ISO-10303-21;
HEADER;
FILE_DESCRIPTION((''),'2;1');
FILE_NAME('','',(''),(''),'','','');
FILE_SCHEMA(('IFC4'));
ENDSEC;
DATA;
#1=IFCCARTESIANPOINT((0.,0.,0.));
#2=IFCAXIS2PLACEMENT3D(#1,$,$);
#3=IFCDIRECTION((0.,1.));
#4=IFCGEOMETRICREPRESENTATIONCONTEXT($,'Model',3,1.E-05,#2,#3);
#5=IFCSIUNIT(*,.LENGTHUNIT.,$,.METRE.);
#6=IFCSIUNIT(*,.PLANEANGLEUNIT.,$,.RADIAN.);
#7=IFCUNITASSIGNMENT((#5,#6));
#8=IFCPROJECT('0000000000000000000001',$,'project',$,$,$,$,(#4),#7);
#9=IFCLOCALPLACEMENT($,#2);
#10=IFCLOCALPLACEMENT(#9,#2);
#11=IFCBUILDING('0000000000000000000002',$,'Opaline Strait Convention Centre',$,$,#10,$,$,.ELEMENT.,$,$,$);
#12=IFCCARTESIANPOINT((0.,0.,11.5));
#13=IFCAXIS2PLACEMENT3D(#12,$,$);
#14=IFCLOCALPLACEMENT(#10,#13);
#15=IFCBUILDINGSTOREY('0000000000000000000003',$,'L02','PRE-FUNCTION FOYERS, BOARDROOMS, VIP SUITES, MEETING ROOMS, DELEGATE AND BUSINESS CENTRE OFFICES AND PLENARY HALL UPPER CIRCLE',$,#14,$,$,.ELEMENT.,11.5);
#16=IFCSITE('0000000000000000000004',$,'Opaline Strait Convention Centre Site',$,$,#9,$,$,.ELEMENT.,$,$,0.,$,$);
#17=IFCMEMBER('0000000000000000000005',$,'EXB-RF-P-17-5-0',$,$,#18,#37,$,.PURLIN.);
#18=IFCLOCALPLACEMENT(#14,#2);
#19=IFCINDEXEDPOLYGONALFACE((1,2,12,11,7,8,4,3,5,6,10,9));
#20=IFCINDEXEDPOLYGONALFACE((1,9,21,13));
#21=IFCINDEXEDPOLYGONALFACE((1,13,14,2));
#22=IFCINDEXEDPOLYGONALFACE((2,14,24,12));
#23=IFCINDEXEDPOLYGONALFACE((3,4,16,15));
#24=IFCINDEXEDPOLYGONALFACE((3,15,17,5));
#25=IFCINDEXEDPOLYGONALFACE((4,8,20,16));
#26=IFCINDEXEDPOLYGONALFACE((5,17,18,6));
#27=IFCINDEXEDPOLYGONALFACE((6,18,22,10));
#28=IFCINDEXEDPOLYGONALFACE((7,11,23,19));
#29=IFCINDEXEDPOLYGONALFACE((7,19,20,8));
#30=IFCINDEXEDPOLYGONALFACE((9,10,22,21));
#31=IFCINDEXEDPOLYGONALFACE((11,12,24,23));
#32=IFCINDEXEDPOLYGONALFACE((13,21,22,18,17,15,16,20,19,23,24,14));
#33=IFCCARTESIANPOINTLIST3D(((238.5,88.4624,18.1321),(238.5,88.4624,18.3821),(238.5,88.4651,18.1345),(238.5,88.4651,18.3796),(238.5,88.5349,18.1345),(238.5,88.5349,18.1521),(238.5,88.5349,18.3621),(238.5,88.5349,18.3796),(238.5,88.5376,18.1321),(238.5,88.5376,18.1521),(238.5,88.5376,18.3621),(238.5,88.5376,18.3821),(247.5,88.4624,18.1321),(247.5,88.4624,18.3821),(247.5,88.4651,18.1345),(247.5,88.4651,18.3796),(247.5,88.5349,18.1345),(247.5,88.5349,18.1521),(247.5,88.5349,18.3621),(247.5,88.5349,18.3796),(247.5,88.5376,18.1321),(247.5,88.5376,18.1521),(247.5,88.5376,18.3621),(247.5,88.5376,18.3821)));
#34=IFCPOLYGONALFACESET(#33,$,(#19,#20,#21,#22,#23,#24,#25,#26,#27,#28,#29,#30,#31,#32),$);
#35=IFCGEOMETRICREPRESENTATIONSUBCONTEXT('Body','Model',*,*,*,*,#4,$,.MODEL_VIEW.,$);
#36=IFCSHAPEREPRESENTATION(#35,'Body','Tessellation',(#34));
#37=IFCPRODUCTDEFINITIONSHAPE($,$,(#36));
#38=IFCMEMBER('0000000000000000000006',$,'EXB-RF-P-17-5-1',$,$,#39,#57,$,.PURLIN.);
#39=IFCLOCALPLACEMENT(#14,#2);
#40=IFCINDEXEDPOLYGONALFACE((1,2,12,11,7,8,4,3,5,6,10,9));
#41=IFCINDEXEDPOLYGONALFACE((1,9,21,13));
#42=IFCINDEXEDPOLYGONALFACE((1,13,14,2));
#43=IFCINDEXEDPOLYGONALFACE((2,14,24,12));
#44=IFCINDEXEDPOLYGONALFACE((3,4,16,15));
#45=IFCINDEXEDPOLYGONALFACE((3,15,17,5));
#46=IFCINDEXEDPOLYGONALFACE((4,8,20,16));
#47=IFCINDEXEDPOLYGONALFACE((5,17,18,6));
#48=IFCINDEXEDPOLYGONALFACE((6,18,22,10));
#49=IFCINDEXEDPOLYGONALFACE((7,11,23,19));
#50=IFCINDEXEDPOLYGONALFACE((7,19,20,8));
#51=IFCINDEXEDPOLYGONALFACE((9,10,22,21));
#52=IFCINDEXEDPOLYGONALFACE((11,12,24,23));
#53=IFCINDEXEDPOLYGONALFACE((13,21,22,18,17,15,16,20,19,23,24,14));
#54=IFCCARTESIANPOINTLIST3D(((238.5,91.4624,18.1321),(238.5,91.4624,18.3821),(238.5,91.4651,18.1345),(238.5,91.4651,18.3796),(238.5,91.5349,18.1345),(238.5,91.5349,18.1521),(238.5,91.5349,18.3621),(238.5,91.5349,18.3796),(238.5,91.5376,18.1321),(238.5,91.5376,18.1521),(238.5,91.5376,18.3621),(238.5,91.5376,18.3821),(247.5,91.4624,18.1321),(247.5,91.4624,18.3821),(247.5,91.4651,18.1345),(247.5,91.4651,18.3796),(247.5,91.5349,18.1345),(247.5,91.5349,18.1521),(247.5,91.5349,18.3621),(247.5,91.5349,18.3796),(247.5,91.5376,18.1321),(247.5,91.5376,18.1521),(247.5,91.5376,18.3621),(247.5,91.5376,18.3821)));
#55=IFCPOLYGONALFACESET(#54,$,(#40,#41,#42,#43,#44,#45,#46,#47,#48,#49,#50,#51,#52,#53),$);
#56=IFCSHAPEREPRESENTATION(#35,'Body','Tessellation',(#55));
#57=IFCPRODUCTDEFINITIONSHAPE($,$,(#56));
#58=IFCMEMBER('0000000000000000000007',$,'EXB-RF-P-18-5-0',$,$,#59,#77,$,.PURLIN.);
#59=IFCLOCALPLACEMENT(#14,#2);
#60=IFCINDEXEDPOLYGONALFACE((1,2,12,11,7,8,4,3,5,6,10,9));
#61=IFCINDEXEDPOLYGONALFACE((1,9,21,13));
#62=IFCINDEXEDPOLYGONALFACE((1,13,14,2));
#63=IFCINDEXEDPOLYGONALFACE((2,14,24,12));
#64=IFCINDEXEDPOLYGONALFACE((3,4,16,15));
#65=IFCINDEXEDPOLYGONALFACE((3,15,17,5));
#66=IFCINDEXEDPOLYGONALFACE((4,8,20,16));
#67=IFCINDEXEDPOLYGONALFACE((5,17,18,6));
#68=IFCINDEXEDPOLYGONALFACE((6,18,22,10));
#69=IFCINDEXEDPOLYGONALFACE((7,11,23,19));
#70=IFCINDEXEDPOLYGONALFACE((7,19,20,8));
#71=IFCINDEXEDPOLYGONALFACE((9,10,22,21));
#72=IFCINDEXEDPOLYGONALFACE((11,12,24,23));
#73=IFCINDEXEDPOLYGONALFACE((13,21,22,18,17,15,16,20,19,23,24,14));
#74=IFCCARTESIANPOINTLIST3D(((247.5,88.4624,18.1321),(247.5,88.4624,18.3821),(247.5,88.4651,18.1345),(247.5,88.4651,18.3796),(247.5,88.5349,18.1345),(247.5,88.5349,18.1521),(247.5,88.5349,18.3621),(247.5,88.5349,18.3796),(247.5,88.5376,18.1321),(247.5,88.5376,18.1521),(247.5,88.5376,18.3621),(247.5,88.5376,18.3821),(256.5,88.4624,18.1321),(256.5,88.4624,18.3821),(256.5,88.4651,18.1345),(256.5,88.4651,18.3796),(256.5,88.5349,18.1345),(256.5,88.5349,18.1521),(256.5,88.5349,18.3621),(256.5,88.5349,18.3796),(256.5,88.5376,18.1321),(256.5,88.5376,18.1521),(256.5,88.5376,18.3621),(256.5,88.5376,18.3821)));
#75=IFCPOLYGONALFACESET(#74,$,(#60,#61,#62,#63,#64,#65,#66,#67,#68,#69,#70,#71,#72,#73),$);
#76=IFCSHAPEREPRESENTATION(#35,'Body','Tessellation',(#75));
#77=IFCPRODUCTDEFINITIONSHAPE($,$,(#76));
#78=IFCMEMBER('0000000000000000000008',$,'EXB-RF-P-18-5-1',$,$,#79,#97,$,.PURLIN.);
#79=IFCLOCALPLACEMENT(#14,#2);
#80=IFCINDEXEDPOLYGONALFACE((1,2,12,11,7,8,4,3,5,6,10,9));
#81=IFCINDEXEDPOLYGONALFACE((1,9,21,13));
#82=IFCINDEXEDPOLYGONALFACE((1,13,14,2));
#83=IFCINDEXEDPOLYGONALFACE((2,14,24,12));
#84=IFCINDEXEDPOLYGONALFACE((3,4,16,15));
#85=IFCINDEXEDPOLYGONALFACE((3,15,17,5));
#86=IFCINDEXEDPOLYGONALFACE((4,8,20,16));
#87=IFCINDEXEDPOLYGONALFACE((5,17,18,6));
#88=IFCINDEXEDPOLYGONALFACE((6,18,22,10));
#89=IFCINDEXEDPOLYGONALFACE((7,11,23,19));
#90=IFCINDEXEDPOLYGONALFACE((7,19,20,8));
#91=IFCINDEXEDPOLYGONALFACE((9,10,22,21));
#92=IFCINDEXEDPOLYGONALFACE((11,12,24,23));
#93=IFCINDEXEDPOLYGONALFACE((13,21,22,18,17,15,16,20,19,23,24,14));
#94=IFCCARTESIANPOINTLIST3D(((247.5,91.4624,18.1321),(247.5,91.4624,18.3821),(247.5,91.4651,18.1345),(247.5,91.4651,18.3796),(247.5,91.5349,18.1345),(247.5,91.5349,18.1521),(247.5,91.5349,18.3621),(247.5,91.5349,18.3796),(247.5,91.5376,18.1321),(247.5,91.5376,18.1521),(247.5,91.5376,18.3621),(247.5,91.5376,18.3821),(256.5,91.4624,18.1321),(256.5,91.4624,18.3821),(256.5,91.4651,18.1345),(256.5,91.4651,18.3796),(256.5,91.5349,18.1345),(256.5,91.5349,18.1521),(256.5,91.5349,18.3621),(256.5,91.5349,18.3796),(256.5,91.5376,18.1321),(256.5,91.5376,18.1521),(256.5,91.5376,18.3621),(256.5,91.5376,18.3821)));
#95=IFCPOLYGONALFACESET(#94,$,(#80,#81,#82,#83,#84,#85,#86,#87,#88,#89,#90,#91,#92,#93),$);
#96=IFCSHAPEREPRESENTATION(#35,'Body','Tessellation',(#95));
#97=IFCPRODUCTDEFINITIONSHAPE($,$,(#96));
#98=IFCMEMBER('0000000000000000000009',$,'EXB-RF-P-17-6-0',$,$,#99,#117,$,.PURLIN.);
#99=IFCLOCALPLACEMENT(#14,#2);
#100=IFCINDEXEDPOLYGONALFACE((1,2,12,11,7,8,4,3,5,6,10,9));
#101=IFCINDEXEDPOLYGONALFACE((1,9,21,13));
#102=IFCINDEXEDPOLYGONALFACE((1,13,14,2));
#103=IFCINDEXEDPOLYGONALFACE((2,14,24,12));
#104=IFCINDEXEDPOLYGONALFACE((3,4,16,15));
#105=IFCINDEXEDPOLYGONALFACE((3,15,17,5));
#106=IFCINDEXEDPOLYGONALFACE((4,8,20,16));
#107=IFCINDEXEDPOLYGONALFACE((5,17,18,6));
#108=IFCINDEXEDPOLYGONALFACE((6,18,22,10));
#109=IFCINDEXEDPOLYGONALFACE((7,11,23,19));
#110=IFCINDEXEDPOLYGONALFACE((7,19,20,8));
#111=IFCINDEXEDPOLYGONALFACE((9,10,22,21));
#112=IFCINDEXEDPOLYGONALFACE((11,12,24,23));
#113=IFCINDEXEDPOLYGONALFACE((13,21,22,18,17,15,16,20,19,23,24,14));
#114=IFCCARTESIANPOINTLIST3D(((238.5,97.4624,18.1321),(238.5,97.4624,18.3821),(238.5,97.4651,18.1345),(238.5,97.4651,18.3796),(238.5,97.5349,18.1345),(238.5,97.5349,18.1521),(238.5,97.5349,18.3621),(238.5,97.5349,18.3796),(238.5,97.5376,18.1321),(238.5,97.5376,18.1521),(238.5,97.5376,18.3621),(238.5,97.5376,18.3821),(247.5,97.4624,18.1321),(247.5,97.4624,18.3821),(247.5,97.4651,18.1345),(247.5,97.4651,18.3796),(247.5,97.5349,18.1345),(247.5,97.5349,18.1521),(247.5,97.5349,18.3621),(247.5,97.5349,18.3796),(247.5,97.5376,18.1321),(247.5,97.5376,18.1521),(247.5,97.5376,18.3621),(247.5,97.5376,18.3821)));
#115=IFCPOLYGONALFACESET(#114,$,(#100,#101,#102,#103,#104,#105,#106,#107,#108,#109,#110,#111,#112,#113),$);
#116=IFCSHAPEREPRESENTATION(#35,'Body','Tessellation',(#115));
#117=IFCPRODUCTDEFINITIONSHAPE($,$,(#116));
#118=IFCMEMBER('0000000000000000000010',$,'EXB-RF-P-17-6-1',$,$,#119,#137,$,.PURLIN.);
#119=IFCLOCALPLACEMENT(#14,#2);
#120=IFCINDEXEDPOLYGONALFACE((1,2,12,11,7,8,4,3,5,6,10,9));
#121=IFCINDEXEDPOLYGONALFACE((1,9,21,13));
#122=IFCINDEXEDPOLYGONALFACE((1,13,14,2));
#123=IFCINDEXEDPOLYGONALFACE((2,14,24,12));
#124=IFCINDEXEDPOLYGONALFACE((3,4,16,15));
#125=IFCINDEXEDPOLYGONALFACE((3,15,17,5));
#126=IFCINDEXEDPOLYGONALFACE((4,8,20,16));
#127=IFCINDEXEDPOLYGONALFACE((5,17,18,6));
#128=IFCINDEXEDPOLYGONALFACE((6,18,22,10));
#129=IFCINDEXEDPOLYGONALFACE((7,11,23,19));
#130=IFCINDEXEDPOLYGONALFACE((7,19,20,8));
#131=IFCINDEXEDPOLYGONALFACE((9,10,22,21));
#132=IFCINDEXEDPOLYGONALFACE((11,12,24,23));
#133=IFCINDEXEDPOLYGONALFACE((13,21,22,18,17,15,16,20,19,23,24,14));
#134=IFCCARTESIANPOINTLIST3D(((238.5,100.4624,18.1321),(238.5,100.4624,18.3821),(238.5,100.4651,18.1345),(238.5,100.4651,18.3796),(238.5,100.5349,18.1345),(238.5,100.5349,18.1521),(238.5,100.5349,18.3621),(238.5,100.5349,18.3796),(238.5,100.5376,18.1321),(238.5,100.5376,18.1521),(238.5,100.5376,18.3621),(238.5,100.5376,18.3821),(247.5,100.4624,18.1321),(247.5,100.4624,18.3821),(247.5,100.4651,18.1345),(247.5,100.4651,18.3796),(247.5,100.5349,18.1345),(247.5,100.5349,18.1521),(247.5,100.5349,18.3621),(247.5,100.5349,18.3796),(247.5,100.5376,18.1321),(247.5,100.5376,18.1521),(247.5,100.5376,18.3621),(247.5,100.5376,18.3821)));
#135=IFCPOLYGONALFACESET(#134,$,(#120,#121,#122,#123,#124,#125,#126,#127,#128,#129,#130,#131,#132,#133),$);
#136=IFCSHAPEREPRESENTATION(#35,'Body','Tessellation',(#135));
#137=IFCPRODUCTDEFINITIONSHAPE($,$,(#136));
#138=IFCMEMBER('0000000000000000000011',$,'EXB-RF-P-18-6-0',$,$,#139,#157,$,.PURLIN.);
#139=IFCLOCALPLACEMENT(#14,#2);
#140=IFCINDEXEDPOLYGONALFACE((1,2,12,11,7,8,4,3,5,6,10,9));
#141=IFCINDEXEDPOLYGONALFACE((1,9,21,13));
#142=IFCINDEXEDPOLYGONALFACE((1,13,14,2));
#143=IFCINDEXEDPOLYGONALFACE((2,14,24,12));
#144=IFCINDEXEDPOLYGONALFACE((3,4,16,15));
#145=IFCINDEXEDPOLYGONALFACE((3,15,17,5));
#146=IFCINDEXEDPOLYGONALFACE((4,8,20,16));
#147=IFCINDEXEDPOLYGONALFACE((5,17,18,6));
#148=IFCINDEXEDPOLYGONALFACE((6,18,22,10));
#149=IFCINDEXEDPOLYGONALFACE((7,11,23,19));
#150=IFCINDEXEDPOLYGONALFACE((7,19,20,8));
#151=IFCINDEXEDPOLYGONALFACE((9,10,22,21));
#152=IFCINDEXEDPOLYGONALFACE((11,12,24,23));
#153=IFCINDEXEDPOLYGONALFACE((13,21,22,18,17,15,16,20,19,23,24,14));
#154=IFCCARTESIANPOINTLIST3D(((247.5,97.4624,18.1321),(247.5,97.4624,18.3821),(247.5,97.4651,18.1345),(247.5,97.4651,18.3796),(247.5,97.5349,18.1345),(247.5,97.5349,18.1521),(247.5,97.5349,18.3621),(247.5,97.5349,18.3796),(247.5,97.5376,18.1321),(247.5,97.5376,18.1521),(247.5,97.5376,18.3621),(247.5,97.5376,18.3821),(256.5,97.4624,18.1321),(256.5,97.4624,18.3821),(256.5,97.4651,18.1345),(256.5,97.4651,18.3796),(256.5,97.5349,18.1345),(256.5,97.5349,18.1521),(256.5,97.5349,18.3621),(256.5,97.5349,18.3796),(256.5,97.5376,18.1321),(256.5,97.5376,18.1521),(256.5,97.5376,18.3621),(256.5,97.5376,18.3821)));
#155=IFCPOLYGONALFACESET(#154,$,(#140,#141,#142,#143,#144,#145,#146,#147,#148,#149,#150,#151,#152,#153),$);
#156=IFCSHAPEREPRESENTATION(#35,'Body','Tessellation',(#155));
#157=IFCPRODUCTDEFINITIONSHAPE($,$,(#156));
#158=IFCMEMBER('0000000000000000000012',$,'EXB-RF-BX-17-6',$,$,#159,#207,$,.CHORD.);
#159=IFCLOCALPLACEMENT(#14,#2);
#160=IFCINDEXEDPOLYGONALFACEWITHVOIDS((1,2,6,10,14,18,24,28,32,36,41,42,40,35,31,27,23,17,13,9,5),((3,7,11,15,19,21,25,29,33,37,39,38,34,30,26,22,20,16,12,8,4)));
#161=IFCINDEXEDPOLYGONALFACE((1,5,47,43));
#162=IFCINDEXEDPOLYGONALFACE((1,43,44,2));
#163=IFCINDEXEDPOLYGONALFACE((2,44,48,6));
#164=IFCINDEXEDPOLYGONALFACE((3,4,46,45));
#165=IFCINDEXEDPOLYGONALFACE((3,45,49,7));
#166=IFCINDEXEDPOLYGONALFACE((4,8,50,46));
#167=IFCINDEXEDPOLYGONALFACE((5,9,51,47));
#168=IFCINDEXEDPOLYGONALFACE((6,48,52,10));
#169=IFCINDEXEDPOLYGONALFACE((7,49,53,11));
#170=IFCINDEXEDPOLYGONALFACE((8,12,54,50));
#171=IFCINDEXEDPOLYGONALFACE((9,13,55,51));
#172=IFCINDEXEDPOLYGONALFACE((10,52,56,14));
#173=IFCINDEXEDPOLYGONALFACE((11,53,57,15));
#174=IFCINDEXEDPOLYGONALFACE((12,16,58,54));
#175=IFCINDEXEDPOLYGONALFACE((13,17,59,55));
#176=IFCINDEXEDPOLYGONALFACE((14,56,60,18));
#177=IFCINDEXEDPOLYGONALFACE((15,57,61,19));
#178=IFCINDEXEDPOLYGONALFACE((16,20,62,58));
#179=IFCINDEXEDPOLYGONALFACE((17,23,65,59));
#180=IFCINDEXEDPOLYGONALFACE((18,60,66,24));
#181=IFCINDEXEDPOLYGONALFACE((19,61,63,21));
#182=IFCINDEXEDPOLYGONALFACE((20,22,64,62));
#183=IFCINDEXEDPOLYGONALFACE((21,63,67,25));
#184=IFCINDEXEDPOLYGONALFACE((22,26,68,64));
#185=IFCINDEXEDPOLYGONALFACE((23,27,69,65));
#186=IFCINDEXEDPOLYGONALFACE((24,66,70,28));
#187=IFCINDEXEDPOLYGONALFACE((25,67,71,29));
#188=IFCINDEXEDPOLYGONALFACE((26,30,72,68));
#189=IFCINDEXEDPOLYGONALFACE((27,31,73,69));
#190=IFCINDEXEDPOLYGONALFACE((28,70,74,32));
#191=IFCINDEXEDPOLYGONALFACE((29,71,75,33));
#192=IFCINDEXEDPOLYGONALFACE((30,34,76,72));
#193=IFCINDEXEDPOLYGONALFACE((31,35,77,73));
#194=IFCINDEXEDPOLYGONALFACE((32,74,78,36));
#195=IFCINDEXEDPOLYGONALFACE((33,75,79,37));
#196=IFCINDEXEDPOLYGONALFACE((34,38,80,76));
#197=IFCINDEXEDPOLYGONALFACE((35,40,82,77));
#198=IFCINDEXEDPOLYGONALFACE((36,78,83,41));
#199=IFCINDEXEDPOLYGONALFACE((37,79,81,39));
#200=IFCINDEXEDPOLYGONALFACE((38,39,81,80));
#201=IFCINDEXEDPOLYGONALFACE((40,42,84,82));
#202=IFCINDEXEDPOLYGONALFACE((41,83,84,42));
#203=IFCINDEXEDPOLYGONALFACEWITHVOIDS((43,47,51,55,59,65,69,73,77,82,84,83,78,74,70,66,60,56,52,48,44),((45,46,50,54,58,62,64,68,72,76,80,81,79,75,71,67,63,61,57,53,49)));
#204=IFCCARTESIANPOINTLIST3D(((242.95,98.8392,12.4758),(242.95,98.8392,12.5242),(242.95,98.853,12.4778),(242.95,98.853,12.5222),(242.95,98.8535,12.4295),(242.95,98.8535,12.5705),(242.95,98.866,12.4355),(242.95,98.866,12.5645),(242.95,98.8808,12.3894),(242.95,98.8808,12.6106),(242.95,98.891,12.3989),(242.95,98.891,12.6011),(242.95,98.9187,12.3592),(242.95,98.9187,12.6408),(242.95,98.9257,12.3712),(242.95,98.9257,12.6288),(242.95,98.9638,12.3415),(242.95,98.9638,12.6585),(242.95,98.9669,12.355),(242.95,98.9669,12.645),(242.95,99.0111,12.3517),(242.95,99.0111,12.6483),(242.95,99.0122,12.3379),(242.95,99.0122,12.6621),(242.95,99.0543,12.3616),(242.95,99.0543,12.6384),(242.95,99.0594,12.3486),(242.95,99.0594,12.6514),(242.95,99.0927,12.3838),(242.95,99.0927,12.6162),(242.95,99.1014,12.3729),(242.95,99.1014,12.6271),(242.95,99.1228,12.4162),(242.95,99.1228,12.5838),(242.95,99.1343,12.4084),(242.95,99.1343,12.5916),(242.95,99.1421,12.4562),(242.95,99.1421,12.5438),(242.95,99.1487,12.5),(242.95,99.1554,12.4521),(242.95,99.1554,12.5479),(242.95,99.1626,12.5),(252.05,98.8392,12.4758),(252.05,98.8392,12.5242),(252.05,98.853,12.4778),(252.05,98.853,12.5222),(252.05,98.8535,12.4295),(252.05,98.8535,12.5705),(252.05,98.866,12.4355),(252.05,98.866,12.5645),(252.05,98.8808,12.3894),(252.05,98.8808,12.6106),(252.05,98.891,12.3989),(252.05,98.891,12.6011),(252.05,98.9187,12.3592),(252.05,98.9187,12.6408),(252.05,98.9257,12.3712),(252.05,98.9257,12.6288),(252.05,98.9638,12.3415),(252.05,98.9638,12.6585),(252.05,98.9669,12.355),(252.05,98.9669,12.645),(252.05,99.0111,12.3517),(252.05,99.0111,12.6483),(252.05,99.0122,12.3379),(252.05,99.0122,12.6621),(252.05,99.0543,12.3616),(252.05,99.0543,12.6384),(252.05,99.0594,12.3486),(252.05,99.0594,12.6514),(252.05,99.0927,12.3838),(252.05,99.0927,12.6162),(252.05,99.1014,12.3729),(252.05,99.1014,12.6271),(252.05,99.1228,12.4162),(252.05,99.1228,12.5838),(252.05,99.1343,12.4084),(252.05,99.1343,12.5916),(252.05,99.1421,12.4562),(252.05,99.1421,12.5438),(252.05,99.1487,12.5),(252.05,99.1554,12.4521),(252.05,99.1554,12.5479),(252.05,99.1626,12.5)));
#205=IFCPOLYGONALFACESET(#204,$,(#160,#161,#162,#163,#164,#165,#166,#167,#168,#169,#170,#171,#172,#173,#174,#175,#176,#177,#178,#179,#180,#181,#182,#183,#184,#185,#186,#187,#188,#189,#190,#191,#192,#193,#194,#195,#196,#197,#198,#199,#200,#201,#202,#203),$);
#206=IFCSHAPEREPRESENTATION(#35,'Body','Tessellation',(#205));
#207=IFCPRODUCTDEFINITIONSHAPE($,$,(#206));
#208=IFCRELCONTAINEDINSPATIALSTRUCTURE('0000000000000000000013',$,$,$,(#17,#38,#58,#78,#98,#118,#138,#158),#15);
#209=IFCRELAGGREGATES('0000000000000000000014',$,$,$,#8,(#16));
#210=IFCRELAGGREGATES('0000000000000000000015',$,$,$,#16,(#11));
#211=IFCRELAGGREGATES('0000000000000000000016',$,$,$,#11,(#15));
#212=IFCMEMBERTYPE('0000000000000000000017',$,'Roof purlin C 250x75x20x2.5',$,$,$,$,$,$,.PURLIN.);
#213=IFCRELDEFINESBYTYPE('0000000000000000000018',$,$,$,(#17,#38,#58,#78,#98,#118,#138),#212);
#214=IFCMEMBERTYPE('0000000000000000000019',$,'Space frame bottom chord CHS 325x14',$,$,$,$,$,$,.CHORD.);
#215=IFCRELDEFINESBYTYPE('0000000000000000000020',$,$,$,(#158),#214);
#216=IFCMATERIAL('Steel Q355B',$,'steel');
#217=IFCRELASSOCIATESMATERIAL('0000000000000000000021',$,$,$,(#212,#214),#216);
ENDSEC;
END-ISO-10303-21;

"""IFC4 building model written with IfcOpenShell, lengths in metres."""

from ifc_helpers import new_model, si_unit, direction, frame, origin, origin_2d, place, context, subcontext, project, spatial, polyline, hollow_circle, outline, extrude, material, material_profile, profile_set, type_object, element, save


model = new_model("IFC4")

# Units and contexts
model_context = context("Model", 3, precision=1e-05, world=origin(), true_north=direction((0.0, 1.0)))
body_context = subcontext(model_context, "Body", "Model", "MODEL_VIEW")
ifc_project = project(units=[si_unit("LENGTHUNIT", "METRE"), si_unit("PLANEANGLEUNIT", "RADIAN")], contexts=[model_context])

# Site, building, storey
site_placement = place(None, origin())
site = spatial("IfcSite", under=ifc_project, at=site_placement, Name="Opaline Strait Convention Centre Site", CompositionType="ELEMENT", RefElevation=0.0)
building_placement = place(site_placement, origin())
building = spatial("IfcBuilding", under=site, at=building_placement, Name="Opaline Strait Convention Centre", CompositionType="ELEMENT")
storey_placement = place(building_placement, frame((0.0, 0.0, 11.5)))
storey = spatial("IfcBuildingStorey", under=building, at=storey_placement, Name="L02", Description="PRE-FUNCTION FOYERS, BOARDROOMS, VIP SUITES, MEETING ROOMS, DELEGATE AND BUSINESS CENTRE OFFICES AND PLENARY HALL UPPER CIRCLE", CompositionType="ELEMENT", Elevation=11.5)

# Members
ifc_material = material(Name="Steel Q355B", Category="steel")
ifc_material_profile_1 = material_profile(ifc_material, outline(polyline([(-0.0376, -0.125), (0.0376, -0.125), (0.0376, -0.105), (0.0349, -0.105), (0.0349, -0.1226), (-0.0349, -0.1226), (-0.0349, 0.1226), (0.0349, 0.1226), (0.0349, 0.105), (0.0376, 0.105), (0.0376, 0.125), (-0.0376, 0.125), (-0.0376, -0.125)])), Name="C 250x75x20x2.5")
ifc_profile_set_1 = profile_set([ifc_material_profile_1], Name="Steel Q355B")
member_type_1 = type_object("IfcMemberType", Name="Roof purlin C 250x75x20x2.5", PredefinedType="PURLIN", material=ifc_profile_set_1)
for number, where, z_axis, x_axis, name in (
    (1, (238.5, 88.5, 18.2571), (1.0, 0.0, 0.0), (0.0, 1.0, 0.0), "EXB-RF-P-17-5-0"),
    (2, (238.5, 91.5, 18.2571), (1.0, 0.0, 0.0), (0.0, 1.0, 0.0), "EXB-RF-P-17-5-1"),
    (3, (247.5, 88.5, 18.2571), (1.0, 0.0, 0.0), (0.0, 1.0, 0.0), "EXB-RF-P-18-5-0"),
    (4, (247.5, 91.5, 18.2571), (1.0, 0.0, 0.0), (0.0, 1.0, 0.0), "EXB-RF-P-18-5-1"),
    (5, (238.5, 97.5, 18.2571), (1.0, 0.0, 0.0), (0.0, 1.0, 0.0), "EXB-RF-P-17-6-0"),
    (6, (238.5, 100.5, 18.2571), (1.0, 0.0, 0.0), (0.0, 1.0, 0.0), "EXB-RF-P-17-6-1"),
    (7, (247.5, 97.5, 18.2571), (1.0, 0.0, 0.0), (0.0, 1.0, 0.0), "EXB-RF-P-18-6-0"),
):
    element("IfcMember", number, at=place(storey_placement, frame(where, z_axis=z_axis, x_axis=x_axis)), inside=storey, type_object=member_type_1, Name=name, PredefinedType="PURLIN", context=body_context, shape_type="SweptSolid", body=[
        extrude(outline(polyline([(-0.0376, -0.125), (0.0376, -0.125), (0.0376, -0.105), (0.0349, -0.105), (0.0349, -0.1226), (-0.0349, -0.1226), (-0.0349, 0.1226), (0.0349, 0.1226), (0.0349, 0.105), (0.0376, 0.105), (0.0376, 0.125), (-0.0376, 0.125), (-0.0376, -0.125)])), origin(), (0.0, 0.0, 1.0), 9.0),
    ])
ifc_material_profile_2 = material_profile(ifc_material, hollow_circle(Radius=0.1626, WallThickness=0.0139, at=origin_2d()), Name="CHS 325x14")
ifc_profile_set_2 = profile_set([ifc_material_profile_2], Name="Steel Q355B")
member_type_2 = type_object("IfcMemberType", Name="Space frame bottom chord CHS 325x14", PredefinedType="CHORD", material=ifc_profile_set_2)
for number, where, z_axis, x_axis, name in (
    (8, (242.95, 99.0, 12.5), (1.0, 0.0, 0.0), (0.0, 1.0, 0.0), "EXB-RF-BX-17-6"),
):
    element("IfcMember", number, at=place(storey_placement, frame(where, z_axis=z_axis, x_axis=x_axis)), inside=storey, type_object=member_type_2, Name=name, PredefinedType="CHORD", context=body_context, shape_type="SweptSolid", body=[
        extrude(hollow_circle(Radius=0.1626, WallThickness=0.0139, at=origin_2d()), origin(), (0.0, 0.0, 1.0), 9.1001),
    ])

save(model, "model.ifc")
